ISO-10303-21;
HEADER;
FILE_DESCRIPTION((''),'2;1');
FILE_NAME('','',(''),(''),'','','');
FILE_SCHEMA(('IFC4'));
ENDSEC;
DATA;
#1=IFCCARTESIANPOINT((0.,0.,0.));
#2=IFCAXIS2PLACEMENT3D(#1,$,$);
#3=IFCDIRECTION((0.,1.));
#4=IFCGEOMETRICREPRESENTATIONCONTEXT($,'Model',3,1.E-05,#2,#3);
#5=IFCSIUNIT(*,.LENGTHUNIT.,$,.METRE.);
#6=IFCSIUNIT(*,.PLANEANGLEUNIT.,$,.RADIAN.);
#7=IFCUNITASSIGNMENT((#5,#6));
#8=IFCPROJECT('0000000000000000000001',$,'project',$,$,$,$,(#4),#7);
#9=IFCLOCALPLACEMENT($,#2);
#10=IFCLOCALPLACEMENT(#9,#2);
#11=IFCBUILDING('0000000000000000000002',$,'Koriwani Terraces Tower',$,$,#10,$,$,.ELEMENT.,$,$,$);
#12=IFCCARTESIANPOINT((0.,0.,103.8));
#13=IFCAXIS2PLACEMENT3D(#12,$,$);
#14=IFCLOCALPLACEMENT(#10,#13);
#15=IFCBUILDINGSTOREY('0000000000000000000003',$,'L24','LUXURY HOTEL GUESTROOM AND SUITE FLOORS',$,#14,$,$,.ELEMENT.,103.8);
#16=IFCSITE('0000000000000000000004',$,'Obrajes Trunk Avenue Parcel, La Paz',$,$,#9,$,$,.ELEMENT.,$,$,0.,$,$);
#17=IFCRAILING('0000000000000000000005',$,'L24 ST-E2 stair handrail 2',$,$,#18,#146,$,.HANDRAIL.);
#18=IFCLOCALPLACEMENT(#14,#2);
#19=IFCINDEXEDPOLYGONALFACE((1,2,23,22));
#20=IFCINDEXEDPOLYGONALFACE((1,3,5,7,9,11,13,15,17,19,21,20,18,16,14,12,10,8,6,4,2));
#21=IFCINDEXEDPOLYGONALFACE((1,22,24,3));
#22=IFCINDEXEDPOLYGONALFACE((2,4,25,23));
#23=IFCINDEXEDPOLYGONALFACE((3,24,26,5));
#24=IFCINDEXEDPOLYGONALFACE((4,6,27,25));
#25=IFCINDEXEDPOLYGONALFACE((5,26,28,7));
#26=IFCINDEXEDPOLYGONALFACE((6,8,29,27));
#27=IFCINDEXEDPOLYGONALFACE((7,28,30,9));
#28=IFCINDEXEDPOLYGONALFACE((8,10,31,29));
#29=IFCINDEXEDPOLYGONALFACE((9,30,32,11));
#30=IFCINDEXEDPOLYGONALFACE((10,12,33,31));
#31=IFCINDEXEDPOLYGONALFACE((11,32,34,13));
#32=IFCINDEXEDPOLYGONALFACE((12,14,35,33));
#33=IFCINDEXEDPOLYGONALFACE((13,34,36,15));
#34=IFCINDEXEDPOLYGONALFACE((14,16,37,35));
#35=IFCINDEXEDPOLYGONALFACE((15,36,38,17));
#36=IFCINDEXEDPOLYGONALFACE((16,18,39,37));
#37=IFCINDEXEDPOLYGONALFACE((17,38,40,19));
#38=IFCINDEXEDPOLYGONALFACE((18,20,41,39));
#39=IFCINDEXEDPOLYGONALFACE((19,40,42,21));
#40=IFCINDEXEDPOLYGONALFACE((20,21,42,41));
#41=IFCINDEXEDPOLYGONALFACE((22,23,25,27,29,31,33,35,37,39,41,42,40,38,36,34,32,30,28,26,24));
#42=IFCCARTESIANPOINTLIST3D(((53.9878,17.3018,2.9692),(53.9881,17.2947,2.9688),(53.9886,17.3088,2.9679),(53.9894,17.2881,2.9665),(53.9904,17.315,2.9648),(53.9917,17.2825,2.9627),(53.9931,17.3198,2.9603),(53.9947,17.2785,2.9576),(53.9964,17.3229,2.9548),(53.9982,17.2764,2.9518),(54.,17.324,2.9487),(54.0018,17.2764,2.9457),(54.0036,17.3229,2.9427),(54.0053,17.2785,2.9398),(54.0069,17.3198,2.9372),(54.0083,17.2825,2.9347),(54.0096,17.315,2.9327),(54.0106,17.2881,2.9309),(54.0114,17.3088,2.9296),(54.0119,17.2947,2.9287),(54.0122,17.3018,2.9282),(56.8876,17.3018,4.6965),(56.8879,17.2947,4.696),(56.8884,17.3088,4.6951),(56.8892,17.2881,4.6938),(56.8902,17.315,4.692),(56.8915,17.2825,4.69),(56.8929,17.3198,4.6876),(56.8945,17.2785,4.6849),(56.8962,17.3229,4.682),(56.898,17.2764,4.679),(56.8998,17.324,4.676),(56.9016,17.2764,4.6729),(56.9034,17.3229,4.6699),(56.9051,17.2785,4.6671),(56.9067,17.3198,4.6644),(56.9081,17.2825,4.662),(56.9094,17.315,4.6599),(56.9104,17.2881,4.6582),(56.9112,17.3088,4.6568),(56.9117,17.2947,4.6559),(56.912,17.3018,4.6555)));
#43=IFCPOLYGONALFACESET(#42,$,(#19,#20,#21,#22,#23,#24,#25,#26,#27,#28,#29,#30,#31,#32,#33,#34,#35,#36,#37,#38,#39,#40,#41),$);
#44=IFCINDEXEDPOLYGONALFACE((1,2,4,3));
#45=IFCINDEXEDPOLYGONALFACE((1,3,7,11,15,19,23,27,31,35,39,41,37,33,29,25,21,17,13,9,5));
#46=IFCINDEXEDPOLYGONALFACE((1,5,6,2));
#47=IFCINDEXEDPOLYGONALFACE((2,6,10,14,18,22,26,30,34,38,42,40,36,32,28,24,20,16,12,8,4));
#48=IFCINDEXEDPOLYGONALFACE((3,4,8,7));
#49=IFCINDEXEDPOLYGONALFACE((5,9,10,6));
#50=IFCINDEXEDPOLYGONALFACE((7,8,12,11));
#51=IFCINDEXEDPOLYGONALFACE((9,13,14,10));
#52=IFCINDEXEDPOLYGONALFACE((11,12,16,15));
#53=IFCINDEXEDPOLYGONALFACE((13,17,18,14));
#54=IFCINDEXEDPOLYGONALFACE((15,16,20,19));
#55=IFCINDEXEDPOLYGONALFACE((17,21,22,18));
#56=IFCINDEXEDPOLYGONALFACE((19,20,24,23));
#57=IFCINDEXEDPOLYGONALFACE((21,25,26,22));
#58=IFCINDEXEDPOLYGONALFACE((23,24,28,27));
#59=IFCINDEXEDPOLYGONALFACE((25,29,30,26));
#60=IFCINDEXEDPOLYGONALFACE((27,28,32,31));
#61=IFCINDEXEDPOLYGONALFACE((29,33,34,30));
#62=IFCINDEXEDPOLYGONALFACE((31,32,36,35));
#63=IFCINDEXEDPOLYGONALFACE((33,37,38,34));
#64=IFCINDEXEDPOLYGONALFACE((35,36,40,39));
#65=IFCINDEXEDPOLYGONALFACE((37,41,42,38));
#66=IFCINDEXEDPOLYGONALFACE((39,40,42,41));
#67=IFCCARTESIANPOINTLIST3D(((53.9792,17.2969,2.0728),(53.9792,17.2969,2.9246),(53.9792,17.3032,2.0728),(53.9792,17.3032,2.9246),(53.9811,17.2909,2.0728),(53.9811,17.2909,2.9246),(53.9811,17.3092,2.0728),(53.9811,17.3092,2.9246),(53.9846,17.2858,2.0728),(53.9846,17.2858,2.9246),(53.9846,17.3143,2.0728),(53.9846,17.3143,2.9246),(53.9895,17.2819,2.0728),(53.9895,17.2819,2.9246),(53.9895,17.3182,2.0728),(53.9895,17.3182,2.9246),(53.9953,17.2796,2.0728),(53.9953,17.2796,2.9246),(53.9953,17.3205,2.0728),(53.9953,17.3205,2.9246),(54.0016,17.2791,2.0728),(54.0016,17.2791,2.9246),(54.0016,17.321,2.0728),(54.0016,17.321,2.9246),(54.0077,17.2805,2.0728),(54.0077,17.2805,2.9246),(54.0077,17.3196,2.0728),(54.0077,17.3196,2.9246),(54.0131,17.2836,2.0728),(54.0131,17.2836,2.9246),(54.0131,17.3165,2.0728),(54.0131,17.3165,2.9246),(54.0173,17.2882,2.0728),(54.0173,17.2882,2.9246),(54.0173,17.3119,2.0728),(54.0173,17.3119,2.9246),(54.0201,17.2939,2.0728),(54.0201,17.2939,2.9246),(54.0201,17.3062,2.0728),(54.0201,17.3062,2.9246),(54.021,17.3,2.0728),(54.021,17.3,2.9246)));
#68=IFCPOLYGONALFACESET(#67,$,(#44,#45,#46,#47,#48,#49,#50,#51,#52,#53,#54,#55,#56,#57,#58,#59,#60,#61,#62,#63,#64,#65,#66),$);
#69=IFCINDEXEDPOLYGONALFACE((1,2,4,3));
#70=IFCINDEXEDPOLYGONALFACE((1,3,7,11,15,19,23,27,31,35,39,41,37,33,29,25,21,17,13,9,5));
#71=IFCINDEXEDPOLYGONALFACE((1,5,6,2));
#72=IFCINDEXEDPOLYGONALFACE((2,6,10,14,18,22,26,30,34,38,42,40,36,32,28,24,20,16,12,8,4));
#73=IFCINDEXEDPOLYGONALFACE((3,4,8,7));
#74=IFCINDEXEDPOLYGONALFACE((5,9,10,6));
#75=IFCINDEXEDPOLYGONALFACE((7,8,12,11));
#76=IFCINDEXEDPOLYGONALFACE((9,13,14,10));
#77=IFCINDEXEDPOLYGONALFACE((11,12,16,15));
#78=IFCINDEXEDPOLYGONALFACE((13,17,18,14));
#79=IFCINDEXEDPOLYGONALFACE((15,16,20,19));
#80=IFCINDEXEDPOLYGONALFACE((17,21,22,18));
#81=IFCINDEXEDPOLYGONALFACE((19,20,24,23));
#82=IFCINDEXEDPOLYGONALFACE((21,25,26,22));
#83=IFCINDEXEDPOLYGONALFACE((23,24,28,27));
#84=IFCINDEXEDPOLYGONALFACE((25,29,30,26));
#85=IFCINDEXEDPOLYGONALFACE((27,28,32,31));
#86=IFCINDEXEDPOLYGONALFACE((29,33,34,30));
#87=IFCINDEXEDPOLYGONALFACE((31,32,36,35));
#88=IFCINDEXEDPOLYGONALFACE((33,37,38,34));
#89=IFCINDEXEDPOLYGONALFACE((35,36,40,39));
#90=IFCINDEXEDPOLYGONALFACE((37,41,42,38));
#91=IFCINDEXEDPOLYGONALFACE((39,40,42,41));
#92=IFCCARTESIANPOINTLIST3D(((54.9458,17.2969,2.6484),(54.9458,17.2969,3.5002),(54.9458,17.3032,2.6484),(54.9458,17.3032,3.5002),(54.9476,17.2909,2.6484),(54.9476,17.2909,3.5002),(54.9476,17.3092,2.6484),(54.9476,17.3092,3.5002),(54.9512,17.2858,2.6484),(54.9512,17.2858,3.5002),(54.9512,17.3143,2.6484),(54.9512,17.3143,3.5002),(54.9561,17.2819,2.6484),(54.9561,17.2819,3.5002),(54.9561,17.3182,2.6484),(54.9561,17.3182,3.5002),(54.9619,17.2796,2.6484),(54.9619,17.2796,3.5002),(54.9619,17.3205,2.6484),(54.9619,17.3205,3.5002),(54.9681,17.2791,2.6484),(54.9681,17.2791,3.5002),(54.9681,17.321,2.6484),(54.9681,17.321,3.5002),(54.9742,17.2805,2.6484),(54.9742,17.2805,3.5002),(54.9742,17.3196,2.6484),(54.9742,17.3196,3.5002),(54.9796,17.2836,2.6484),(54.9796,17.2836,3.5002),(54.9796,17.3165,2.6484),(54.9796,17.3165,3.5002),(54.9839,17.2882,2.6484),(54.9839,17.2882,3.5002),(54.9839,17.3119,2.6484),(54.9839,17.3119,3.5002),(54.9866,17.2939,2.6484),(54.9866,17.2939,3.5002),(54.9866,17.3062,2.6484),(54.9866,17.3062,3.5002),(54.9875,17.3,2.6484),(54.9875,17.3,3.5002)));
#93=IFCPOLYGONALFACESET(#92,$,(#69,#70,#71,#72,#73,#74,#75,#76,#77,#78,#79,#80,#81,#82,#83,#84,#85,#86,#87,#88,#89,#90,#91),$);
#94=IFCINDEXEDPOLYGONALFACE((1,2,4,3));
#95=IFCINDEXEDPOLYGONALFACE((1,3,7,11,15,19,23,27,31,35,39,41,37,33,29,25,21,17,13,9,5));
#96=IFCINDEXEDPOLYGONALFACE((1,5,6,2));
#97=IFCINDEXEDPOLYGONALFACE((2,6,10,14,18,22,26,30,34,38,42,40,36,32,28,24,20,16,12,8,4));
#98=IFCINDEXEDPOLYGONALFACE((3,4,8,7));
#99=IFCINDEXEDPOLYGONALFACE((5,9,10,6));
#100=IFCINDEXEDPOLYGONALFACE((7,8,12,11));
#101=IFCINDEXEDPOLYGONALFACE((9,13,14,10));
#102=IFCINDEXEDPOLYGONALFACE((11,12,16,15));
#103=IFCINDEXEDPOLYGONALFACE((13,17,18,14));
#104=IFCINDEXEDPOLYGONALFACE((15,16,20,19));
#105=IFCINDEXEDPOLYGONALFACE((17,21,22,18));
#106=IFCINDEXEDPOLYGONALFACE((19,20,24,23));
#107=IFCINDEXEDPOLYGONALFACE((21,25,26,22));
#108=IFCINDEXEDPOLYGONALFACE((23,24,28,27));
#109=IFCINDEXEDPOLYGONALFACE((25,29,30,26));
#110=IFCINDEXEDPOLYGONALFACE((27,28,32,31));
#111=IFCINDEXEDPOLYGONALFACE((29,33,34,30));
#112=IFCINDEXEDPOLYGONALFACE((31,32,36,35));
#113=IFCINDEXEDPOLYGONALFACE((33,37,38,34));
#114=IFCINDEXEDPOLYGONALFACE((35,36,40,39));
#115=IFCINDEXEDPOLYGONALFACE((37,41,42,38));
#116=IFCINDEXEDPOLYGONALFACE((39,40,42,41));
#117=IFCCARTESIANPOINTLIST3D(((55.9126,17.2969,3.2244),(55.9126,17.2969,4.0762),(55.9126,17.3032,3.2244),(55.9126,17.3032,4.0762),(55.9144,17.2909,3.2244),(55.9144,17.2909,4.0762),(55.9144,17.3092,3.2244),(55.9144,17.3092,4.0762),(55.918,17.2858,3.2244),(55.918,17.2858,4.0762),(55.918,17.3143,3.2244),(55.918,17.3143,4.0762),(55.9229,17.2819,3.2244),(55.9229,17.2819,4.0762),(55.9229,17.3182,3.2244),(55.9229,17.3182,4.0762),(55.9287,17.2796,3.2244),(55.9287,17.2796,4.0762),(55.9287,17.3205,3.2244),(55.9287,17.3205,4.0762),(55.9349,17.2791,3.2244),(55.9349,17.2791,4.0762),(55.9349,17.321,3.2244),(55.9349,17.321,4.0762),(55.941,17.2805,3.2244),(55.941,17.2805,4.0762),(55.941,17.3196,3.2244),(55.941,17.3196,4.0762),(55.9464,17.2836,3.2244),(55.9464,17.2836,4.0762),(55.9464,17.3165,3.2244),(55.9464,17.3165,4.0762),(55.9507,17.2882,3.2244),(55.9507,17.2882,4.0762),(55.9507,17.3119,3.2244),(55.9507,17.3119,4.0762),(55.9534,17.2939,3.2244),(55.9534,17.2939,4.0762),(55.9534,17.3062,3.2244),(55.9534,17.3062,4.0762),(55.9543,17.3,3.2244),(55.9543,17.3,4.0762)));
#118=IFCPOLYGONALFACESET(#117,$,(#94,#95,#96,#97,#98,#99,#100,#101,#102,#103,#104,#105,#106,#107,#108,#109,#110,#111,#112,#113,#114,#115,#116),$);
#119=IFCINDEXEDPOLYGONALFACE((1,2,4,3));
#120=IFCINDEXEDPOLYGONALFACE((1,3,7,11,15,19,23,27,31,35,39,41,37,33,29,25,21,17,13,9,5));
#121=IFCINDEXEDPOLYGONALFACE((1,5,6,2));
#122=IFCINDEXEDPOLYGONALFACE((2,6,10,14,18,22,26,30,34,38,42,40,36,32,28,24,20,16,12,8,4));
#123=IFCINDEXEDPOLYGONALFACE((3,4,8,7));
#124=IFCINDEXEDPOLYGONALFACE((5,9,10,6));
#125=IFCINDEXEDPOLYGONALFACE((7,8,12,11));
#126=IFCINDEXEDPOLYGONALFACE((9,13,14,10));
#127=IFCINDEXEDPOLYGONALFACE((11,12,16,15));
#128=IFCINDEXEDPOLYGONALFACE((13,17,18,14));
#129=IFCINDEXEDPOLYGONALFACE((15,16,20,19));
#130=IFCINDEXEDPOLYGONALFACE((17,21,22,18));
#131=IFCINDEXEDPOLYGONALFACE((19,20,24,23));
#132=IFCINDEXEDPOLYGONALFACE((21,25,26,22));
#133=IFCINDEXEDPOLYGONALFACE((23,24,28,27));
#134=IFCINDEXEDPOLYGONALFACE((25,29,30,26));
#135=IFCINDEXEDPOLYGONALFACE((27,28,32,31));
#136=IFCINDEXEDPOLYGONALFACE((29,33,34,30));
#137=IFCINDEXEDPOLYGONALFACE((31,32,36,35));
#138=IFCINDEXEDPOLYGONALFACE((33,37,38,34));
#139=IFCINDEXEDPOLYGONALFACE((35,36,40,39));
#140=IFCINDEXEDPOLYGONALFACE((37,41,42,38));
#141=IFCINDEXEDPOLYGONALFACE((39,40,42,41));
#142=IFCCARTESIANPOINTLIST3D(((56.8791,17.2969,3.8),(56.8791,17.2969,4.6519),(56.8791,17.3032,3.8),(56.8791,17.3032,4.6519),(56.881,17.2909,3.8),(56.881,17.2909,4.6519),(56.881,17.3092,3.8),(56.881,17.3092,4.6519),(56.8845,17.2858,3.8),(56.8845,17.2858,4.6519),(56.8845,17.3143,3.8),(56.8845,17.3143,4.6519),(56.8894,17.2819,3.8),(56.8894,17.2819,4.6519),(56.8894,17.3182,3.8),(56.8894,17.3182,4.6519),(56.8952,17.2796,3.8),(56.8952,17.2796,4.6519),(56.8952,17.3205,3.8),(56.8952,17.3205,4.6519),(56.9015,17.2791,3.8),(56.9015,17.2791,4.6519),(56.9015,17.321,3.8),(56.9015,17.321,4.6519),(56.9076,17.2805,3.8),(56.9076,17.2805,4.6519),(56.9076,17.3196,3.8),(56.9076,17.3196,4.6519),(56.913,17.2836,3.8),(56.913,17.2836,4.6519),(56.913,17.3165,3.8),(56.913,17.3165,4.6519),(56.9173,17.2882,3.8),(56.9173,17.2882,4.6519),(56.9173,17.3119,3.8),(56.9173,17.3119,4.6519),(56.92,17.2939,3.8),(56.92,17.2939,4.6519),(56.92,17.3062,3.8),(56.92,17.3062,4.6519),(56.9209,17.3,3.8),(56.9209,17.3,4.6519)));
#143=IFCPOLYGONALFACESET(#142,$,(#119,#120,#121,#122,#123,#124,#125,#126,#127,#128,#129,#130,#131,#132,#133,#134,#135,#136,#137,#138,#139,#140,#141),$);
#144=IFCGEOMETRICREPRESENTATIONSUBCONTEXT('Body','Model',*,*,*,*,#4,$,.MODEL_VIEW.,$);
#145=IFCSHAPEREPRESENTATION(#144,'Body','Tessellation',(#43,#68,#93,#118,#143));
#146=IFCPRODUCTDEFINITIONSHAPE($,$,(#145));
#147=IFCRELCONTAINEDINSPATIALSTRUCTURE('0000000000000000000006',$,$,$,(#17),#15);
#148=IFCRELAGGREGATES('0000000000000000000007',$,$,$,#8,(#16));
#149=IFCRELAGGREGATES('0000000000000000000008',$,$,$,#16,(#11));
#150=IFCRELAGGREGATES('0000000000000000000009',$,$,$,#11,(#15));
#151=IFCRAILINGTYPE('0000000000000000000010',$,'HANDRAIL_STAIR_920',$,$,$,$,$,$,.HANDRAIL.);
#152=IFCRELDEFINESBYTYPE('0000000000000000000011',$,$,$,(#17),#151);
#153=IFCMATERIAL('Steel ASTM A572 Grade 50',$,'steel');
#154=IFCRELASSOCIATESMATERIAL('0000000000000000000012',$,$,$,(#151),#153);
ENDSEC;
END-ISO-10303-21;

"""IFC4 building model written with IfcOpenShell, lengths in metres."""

from ifc_helpers import new_model, si_unit, direction, frame, origin, origin_2d, place, context, subcontext, project, spatial, circle, extrude, material, type_object, element, save


model = new_model("IFC4")

# Units and contexts
model_context = context("Model", 3, precision=1e-05, world=origin(), true_north=direction((0.0, 1.0)))
body_context = subcontext(model_context, "Body", "Model", "MODEL_VIEW")
ifc_project = project(units=[si_unit("LENGTHUNIT", "METRE"), si_unit("PLANEANGLEUNIT", "RADIAN")], contexts=[model_context])

# Site, building, storey
site_placement = place(None, origin())
site = spatial("IfcSite", under=ifc_project, at=site_placement, Name="Obrajes Trunk Avenue Parcel, La Paz", CompositionType="ELEMENT", RefElevation=0.0)
building_placement = place(site_placement, origin())
building = spatial("IfcBuilding", under=site, at=building_placement, Name="Koriwani Terraces Tower", CompositionType="ELEMENT")
storey_placement = place(building_placement, frame((0.0, 0.0, 103.8)))
storey = spatial("IfcBuildingStorey", under=building, at=storey_placement, Name="L24", Description="LUXURY HOTEL GUESTROOM AND SUITE FLOORS", CompositionType="ELEMENT", Elevation=103.8)

# Shared definitions
ifc_material_1 = material(Name="Steel ASTM A572 Grade 50", Category="steel")

# Railing
railing_type_1 = type_object("IfcRailingType", Name="HANDRAIL_STAIR_920", PredefinedType="HANDRAIL", material=ifc_material_1)
railing_1_placement = place(storey_placement, frame((54.0, 17.3, 2.0728)))
element("IfcRailing", 1, at=railing_1_placement, inside=storey, type_object=railing_type_1, Name="L24 ST-E2 stair handrail 2", PredefinedType="HANDRAIL", context=body_context, shape_type="SweptSolid", body=[
    extrude(circle(Radius=0.0239, at=origin_2d()), frame((0.0, 0.0, 0.876), z_axis=(0.859141, 0.0, 0.511738), x_axis=(0.0, 1.0, 0.0)), (0.0, 0.0, 1.0), 3.3752),
    extrude(circle(Radius=0.021, at=origin_2d()), origin(), (0.0, 0.0, 1.0), 0.8518),
    extrude(circle(Radius=0.021, at=origin_2d()), frame((0.9666, 0.0, 0.5757)), (0.0, 0.0, 1.0), 0.8518),
    extrude(circle(Radius=0.021, at=origin_2d()), frame((1.9333, 0.0, 1.1516)), (0.0, 0.0, 1.0), 0.8518),
    extrude(circle(Radius=0.021, at=origin_2d()), frame((2.8999, 0.0, 1.7273)), (0.0, 0.0, 1.0), 0.8518),
])

save(model, "model.ifc")
